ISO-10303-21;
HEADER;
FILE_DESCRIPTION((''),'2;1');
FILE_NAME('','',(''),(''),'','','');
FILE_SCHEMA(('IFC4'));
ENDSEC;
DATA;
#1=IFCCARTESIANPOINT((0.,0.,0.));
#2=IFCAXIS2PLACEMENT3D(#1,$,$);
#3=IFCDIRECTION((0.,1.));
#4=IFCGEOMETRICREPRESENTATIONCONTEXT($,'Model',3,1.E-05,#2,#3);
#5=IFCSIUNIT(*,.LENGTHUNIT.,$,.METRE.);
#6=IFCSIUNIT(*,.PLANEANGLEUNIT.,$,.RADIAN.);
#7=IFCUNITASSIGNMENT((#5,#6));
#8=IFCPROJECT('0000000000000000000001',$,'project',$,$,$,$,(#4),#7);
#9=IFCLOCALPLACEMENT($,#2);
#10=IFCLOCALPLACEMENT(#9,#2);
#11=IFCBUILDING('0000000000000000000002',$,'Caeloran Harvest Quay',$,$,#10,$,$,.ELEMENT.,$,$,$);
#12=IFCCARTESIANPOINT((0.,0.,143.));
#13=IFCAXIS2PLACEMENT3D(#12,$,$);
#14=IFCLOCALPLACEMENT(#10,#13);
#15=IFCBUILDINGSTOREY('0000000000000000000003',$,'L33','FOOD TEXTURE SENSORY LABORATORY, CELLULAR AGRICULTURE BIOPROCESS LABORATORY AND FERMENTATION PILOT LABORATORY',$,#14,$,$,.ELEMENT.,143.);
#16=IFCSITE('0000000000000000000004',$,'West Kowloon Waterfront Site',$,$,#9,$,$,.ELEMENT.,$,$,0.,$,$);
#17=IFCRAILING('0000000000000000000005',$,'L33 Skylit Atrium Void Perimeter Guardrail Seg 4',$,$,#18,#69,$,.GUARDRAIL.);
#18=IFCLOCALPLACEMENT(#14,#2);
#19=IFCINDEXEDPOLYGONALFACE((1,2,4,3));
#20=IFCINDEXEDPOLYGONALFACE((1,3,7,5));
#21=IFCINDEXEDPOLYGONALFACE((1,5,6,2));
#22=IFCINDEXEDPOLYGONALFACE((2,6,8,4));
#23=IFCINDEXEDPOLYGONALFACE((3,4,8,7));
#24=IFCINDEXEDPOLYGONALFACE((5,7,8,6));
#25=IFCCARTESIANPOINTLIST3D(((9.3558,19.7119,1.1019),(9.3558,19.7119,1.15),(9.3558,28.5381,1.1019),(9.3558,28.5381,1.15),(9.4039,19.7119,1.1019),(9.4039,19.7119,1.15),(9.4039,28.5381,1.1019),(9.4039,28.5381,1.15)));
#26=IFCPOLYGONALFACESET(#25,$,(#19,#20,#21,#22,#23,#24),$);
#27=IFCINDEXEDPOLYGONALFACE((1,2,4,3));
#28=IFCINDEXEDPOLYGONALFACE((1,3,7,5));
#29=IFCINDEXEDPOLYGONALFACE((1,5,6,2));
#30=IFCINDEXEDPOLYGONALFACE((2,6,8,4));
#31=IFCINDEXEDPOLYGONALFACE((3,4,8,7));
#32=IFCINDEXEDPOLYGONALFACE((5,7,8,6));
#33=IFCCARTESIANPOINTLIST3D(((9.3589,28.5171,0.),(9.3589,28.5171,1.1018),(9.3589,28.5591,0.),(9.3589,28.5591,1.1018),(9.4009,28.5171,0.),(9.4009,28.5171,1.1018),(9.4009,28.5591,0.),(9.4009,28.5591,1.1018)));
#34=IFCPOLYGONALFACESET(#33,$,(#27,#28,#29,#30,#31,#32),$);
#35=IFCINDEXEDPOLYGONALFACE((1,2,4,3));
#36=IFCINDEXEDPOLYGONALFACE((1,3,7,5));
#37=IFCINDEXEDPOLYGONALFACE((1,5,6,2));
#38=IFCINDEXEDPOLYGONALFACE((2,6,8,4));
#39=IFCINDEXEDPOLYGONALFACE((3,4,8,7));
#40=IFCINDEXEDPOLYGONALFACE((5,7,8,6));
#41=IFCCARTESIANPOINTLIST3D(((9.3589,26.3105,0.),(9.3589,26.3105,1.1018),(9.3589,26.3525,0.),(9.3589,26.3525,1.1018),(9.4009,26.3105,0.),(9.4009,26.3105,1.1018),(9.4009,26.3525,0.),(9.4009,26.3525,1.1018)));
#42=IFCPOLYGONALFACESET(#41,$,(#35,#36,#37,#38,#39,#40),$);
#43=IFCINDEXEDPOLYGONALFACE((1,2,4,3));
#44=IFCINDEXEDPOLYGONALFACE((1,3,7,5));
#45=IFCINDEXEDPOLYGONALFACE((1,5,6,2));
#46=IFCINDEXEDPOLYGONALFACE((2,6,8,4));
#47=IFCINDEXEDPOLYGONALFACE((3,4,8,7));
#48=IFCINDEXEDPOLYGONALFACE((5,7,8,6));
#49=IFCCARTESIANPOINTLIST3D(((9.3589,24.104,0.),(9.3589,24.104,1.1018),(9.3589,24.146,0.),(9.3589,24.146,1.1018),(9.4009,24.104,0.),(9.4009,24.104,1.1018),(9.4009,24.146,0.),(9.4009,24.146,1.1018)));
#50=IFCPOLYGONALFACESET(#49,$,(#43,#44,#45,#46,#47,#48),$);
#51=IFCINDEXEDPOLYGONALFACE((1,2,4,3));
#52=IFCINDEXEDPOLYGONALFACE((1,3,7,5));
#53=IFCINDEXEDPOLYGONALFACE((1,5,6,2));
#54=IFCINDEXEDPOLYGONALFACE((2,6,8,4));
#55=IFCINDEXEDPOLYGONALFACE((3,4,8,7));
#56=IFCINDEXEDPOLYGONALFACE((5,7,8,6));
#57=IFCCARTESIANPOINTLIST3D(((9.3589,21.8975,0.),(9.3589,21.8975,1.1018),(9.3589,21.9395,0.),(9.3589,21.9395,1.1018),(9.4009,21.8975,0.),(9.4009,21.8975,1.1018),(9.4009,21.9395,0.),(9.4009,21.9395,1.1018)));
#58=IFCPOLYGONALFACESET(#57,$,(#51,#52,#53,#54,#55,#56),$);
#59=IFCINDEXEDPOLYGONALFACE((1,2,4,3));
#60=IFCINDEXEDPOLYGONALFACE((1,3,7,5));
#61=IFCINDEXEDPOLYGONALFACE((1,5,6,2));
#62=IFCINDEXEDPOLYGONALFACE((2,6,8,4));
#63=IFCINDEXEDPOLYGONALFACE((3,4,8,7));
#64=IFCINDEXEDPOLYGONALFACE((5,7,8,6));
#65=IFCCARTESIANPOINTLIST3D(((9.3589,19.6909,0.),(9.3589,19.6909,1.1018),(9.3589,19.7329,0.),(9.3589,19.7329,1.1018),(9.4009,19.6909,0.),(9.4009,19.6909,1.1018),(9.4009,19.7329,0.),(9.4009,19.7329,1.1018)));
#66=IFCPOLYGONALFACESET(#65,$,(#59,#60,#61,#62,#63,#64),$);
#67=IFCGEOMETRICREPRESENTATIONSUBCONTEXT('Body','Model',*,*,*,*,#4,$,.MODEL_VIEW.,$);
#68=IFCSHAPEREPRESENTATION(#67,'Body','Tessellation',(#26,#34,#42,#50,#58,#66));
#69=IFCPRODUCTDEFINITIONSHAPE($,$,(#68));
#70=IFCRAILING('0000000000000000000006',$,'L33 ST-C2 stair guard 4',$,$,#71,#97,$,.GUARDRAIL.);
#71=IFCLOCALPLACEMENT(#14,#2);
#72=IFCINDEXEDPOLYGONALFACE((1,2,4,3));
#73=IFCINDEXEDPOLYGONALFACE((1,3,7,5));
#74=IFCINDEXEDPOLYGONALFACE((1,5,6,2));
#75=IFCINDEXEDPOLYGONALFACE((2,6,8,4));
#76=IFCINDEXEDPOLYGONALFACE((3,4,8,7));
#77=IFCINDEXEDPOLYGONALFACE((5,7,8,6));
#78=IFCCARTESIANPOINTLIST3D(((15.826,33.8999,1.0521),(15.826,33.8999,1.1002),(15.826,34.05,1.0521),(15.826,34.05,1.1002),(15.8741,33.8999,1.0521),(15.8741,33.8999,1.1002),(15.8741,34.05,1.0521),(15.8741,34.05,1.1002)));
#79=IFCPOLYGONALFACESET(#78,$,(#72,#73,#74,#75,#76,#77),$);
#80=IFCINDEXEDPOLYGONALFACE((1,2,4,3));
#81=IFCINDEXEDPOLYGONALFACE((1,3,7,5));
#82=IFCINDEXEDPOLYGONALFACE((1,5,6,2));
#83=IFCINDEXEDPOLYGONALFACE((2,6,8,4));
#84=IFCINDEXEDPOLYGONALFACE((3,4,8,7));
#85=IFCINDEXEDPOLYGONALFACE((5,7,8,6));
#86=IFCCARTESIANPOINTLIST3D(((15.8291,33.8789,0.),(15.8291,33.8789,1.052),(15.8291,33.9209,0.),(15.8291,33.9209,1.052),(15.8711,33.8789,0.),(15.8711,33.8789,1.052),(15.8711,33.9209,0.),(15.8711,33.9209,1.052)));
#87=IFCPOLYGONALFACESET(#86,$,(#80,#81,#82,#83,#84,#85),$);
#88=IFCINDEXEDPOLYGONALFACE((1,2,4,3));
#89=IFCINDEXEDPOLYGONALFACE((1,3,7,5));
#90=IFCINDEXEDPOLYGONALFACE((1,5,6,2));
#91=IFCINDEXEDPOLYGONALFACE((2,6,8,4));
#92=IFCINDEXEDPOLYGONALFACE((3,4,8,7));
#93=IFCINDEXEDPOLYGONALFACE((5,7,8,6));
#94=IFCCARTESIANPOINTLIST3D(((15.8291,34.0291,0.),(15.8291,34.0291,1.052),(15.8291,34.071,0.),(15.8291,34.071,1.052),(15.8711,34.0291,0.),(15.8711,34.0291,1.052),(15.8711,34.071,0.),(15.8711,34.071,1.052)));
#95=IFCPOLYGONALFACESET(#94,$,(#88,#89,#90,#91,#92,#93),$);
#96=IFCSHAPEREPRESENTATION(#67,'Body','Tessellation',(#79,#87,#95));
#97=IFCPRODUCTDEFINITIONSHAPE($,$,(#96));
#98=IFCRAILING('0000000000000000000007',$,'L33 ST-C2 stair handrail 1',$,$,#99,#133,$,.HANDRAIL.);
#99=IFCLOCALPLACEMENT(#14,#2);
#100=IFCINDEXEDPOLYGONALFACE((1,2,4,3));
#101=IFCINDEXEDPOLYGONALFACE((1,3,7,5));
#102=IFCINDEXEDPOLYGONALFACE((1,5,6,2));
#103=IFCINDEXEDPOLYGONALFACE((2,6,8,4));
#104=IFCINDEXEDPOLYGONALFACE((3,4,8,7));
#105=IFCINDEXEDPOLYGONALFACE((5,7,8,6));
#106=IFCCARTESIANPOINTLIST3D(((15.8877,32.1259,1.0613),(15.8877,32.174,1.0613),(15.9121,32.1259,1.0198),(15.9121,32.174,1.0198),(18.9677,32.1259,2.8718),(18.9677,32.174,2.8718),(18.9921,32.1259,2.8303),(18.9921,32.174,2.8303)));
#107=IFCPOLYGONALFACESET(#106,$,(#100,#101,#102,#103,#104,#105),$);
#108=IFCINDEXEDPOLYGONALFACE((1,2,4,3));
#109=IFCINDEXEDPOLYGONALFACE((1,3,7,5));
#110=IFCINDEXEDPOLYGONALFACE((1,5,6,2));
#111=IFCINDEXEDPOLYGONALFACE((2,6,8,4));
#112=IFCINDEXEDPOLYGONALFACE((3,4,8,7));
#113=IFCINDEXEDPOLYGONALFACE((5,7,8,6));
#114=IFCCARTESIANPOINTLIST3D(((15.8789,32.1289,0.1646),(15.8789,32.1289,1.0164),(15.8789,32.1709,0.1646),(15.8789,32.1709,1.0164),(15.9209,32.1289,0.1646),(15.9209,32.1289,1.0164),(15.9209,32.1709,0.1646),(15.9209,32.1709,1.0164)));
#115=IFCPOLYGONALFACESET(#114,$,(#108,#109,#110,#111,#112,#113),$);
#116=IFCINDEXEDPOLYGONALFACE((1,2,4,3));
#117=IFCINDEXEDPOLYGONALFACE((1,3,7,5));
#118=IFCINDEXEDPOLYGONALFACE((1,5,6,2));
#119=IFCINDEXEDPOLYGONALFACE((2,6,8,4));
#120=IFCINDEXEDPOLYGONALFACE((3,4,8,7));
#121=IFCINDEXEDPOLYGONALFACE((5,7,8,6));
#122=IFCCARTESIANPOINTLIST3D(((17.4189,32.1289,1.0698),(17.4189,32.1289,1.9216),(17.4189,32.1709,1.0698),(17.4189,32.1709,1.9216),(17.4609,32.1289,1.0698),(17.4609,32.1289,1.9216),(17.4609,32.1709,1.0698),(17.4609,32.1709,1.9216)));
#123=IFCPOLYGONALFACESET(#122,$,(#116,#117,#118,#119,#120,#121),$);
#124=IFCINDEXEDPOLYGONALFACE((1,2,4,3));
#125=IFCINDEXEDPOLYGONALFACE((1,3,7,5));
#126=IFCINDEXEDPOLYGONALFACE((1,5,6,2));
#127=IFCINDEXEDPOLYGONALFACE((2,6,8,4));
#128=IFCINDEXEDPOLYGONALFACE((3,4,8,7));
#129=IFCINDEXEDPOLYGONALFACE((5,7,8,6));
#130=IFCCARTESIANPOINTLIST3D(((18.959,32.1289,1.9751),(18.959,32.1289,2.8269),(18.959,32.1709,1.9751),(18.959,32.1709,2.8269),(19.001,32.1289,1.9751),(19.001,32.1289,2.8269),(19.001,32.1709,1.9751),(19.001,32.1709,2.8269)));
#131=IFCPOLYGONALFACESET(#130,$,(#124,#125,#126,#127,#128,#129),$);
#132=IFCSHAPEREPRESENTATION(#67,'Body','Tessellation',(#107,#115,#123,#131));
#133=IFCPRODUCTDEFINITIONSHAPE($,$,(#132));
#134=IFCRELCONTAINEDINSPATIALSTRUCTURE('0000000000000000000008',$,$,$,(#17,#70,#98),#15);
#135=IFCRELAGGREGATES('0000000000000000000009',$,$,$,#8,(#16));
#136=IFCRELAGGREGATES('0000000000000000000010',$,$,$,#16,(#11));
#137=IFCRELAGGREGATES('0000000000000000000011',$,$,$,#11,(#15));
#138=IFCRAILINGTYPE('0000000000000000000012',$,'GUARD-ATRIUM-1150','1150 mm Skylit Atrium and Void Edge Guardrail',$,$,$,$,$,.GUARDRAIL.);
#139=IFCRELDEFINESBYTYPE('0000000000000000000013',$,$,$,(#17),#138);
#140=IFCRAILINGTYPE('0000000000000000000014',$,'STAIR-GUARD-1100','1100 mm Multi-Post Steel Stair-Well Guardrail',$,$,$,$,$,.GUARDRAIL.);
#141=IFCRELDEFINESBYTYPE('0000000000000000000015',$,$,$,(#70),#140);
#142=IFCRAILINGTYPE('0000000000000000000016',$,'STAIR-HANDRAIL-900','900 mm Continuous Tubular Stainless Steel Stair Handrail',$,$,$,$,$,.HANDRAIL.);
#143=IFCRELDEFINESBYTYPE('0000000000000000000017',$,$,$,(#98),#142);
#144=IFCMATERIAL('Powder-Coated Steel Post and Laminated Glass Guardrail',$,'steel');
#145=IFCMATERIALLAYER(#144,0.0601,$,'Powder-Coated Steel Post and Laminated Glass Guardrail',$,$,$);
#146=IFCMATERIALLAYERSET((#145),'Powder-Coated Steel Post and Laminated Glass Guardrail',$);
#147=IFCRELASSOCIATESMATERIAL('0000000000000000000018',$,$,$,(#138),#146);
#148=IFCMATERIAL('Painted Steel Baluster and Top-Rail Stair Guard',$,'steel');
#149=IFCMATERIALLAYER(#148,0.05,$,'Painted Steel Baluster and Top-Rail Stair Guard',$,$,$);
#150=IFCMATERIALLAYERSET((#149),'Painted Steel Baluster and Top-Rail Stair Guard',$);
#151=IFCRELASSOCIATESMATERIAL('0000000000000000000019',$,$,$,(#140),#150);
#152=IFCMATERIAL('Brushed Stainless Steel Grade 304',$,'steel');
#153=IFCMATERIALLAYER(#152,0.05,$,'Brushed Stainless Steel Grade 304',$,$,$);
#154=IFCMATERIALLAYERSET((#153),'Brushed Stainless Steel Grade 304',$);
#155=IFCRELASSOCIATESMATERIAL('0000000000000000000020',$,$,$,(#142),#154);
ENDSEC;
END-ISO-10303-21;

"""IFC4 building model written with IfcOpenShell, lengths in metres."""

from ifc_helpers import new_model, si_unit, direction, frame, origin, origin_2d, place, context, subcontext, project, spatial, rectangle, extrude, material, layer, layer_set, type_object, element, save


model = new_model("IFC4")

# Units and contexts
model_context = context("Model", 3, precision=1e-05, world=origin(), true_north=direction((0.0, 1.0)))
body_context = subcontext(model_context, "Body", "Model", "MODEL_VIEW")
ifc_project = project(units=[si_unit("LENGTHUNIT", "METRE"), si_unit("PLANEANGLEUNIT", "RADIAN")], contexts=[model_context])

# Site, building, storey
site_placement = place(None, origin())
site = spatial("IfcSite", under=ifc_project, at=site_placement, Name="West Kowloon Waterfront Site", CompositionType="ELEMENT", RefElevation=0.0)
building_placement = place(site_placement, origin())
building = spatial("IfcBuilding", under=site, at=building_placement, Name="Caeloran Harvest Quay", CompositionType="ELEMENT")
storey_placement = place(building_placement, frame((0.0, 0.0, 143.0)))
storey = spatial("IfcBuildingStorey", under=building, at=storey_placement, Name="L33", Description="FOOD TEXTURE SENSORY LABORATORY, CELLULAR AGRICULTURE BIOPROCESS LABORATORY AND FERMENTATION PILOT LABORATORY", CompositionType="ELEMENT", Elevation=143.0)

# Railings
ifc_material_1 = material(Name="Powder-Coated Steel Post and Laminated Glass Guardrail", Category="steel")
ifc_layer_1 = layer(ifc_material_1, 0.0601, Name="Powder-Coated Steel Post and Laminated Glass Guardrail")
ifc_layer_set_1 = layer_set([ifc_layer_1], Name="Powder-Coated Steel Post and Laminated Glass Guardrail")
railing_type_1 = type_object("IfcRailingType", Name="GUARD-ATRIUM-1150", Description="1150 mm Skylit Atrium and Void Edge Guardrail", PredefinedType="GUARDRAIL", material=ifc_layer_set_1)
railing_1_placement = place(storey_placement, frame((9.3799, 28.5381, 0.0)))
element("IfcRailing", 1, at=railing_1_placement, inside=storey, type_object=railing_type_1, Name="L33 Skylit Atrium Void Perimeter Guardrail Seg 4", PredefinedType="GUARDRAIL", context=body_context, shape_type="SweptSolid", body=[
    extrude(rectangle(XDim=0.0481, YDim=0.0481, at=origin_2d()), frame((0.0, 0.0, 1.126), z_axis=(0.0, -1.0, 0.0), x_axis=(1.0, 0.0, 0.0)), (0.0, 0.0, 1.0), 8.8262),
    extrude(rectangle(XDim=0.042, YDim=0.042, at=origin_2d()), origin(), (0.0, 0.0, 1.0), 1.1018),
    extrude(rectangle(XDim=0.042, YDim=0.042, at=origin_2d()), frame((0.0, -2.2065, 0.0)), (0.0, 0.0, 1.0), 1.1018),
    extrude(rectangle(XDim=0.042, YDim=0.042, at=origin_2d()), frame((0.0, -4.4131, 0.0)), (0.0, 0.0, 1.0), 1.1018),
    extrude(rectangle(XDim=0.042, YDim=0.042, at=origin_2d()), frame((0.0, -6.6196, 0.0)), (0.0, 0.0, 1.0), 1.1018),
    extrude(rectangle(XDim=0.042, YDim=0.042, at=origin_2d()), frame((0.0, -8.8262, 0.0)), (0.0, 0.0, 1.0), 1.1018),
])
ifc_material_2 = material(Name="Painted Steel Baluster and Top-Rail Stair Guard", Category="steel")
ifc_layer_2 = layer(ifc_material_2, 0.05, Name="Painted Steel Baluster and Top-Rail Stair Guard")
ifc_layer_set_2 = layer_set([ifc_layer_2], Name="Painted Steel Baluster and Top-Rail Stair Guard")
railing_type_2 = type_object("IfcRailingType", Name="STAIR-GUARD-1100", Description="1100 mm Multi-Post Steel Stair-Well Guardrail", PredefinedType="GUARDRAIL", material=ifc_layer_set_2)
railing_2_placement = place(storey_placement, frame((15.8501, 33.8999, 0.0)))
element("IfcRailing", 2, at=railing_2_placement, inside=storey, type_object=railing_type_2, Name="L33 ST-C2 stair guard 4", PredefinedType="GUARDRAIL", context=body_context, shape_type="SweptSolid", body=[
    extrude(rectangle(XDim=0.0481, YDim=0.0481, at=origin_2d()), frame((0.0, 0.0, 1.0762), z_axis=(0.0, 1.0, 0.0), x_axis=(-1.0, 0.0, 0.0)), (0.0, 0.0, 1.0), 0.1501),
    extrude(rectangle(XDim=0.042, YDim=0.042, at=origin_2d()), origin(), (0.0, 0.0, 1.0), 1.052),
    extrude(rectangle(XDim=0.042, YDim=0.042, at=origin_2d()), frame((0.0, 0.1501, 0.0)), (0.0, 0.0, 1.0), 1.052),
])
ifc_material_3 = material(Name="Brushed Stainless Steel Grade 304", Category="steel")
ifc_layer_3 = layer(ifc_material_3, 0.05, Name="Brushed Stainless Steel Grade 304")
ifc_layer_set_3 = layer_set([ifc_layer_3], Name="Brushed Stainless Steel Grade 304")
railing_type_3 = type_object("IfcRailingType", Name="STAIR-HANDRAIL-900", Description="900 mm Continuous Tubular Stainless Steel Stair Handrail", PredefinedType="HANDRAIL", material=ifc_layer_set_3)
railing_3_placement = place(storey_placement, frame((15.8999, 32.1499, 0.1646)))
element("IfcRailing", 3, at=railing_3_placement, inside=storey, type_object=railing_type_3, Name="L33 ST-C2 stair handrail 1", PredefinedType="HANDRAIL", context=body_context, shape_type="SweptSolid", body=[
    extrude(rectangle(XDim=0.0481, YDim=0.0481, at=origin_2d()), frame((0.0, 0.0, 0.876), z_axis=(0.862089, 0.0, 0.506757), x_axis=(0.0, 1.0, 0.0)), (0.0, 0.0, 1.0), 3.5728),
    extrude(rectangle(XDim=0.042, YDim=0.042, at=origin_2d()), origin(), (0.0, 0.0, 1.0), 0.8518),
    extrude(rectangle(XDim=0.042, YDim=0.042, at=origin_2d()), frame((1.54, 0.0, 0.9053)), (0.0, 0.0, 1.0), 0.8518),
    extrude(rectangle(XDim=0.042, YDim=0.042, at=origin_2d()), frame((3.0801, 0.0, 1.8105)), (0.0, 0.0, 1.0), 0.8518),
])

save(model, "model.ifc")
